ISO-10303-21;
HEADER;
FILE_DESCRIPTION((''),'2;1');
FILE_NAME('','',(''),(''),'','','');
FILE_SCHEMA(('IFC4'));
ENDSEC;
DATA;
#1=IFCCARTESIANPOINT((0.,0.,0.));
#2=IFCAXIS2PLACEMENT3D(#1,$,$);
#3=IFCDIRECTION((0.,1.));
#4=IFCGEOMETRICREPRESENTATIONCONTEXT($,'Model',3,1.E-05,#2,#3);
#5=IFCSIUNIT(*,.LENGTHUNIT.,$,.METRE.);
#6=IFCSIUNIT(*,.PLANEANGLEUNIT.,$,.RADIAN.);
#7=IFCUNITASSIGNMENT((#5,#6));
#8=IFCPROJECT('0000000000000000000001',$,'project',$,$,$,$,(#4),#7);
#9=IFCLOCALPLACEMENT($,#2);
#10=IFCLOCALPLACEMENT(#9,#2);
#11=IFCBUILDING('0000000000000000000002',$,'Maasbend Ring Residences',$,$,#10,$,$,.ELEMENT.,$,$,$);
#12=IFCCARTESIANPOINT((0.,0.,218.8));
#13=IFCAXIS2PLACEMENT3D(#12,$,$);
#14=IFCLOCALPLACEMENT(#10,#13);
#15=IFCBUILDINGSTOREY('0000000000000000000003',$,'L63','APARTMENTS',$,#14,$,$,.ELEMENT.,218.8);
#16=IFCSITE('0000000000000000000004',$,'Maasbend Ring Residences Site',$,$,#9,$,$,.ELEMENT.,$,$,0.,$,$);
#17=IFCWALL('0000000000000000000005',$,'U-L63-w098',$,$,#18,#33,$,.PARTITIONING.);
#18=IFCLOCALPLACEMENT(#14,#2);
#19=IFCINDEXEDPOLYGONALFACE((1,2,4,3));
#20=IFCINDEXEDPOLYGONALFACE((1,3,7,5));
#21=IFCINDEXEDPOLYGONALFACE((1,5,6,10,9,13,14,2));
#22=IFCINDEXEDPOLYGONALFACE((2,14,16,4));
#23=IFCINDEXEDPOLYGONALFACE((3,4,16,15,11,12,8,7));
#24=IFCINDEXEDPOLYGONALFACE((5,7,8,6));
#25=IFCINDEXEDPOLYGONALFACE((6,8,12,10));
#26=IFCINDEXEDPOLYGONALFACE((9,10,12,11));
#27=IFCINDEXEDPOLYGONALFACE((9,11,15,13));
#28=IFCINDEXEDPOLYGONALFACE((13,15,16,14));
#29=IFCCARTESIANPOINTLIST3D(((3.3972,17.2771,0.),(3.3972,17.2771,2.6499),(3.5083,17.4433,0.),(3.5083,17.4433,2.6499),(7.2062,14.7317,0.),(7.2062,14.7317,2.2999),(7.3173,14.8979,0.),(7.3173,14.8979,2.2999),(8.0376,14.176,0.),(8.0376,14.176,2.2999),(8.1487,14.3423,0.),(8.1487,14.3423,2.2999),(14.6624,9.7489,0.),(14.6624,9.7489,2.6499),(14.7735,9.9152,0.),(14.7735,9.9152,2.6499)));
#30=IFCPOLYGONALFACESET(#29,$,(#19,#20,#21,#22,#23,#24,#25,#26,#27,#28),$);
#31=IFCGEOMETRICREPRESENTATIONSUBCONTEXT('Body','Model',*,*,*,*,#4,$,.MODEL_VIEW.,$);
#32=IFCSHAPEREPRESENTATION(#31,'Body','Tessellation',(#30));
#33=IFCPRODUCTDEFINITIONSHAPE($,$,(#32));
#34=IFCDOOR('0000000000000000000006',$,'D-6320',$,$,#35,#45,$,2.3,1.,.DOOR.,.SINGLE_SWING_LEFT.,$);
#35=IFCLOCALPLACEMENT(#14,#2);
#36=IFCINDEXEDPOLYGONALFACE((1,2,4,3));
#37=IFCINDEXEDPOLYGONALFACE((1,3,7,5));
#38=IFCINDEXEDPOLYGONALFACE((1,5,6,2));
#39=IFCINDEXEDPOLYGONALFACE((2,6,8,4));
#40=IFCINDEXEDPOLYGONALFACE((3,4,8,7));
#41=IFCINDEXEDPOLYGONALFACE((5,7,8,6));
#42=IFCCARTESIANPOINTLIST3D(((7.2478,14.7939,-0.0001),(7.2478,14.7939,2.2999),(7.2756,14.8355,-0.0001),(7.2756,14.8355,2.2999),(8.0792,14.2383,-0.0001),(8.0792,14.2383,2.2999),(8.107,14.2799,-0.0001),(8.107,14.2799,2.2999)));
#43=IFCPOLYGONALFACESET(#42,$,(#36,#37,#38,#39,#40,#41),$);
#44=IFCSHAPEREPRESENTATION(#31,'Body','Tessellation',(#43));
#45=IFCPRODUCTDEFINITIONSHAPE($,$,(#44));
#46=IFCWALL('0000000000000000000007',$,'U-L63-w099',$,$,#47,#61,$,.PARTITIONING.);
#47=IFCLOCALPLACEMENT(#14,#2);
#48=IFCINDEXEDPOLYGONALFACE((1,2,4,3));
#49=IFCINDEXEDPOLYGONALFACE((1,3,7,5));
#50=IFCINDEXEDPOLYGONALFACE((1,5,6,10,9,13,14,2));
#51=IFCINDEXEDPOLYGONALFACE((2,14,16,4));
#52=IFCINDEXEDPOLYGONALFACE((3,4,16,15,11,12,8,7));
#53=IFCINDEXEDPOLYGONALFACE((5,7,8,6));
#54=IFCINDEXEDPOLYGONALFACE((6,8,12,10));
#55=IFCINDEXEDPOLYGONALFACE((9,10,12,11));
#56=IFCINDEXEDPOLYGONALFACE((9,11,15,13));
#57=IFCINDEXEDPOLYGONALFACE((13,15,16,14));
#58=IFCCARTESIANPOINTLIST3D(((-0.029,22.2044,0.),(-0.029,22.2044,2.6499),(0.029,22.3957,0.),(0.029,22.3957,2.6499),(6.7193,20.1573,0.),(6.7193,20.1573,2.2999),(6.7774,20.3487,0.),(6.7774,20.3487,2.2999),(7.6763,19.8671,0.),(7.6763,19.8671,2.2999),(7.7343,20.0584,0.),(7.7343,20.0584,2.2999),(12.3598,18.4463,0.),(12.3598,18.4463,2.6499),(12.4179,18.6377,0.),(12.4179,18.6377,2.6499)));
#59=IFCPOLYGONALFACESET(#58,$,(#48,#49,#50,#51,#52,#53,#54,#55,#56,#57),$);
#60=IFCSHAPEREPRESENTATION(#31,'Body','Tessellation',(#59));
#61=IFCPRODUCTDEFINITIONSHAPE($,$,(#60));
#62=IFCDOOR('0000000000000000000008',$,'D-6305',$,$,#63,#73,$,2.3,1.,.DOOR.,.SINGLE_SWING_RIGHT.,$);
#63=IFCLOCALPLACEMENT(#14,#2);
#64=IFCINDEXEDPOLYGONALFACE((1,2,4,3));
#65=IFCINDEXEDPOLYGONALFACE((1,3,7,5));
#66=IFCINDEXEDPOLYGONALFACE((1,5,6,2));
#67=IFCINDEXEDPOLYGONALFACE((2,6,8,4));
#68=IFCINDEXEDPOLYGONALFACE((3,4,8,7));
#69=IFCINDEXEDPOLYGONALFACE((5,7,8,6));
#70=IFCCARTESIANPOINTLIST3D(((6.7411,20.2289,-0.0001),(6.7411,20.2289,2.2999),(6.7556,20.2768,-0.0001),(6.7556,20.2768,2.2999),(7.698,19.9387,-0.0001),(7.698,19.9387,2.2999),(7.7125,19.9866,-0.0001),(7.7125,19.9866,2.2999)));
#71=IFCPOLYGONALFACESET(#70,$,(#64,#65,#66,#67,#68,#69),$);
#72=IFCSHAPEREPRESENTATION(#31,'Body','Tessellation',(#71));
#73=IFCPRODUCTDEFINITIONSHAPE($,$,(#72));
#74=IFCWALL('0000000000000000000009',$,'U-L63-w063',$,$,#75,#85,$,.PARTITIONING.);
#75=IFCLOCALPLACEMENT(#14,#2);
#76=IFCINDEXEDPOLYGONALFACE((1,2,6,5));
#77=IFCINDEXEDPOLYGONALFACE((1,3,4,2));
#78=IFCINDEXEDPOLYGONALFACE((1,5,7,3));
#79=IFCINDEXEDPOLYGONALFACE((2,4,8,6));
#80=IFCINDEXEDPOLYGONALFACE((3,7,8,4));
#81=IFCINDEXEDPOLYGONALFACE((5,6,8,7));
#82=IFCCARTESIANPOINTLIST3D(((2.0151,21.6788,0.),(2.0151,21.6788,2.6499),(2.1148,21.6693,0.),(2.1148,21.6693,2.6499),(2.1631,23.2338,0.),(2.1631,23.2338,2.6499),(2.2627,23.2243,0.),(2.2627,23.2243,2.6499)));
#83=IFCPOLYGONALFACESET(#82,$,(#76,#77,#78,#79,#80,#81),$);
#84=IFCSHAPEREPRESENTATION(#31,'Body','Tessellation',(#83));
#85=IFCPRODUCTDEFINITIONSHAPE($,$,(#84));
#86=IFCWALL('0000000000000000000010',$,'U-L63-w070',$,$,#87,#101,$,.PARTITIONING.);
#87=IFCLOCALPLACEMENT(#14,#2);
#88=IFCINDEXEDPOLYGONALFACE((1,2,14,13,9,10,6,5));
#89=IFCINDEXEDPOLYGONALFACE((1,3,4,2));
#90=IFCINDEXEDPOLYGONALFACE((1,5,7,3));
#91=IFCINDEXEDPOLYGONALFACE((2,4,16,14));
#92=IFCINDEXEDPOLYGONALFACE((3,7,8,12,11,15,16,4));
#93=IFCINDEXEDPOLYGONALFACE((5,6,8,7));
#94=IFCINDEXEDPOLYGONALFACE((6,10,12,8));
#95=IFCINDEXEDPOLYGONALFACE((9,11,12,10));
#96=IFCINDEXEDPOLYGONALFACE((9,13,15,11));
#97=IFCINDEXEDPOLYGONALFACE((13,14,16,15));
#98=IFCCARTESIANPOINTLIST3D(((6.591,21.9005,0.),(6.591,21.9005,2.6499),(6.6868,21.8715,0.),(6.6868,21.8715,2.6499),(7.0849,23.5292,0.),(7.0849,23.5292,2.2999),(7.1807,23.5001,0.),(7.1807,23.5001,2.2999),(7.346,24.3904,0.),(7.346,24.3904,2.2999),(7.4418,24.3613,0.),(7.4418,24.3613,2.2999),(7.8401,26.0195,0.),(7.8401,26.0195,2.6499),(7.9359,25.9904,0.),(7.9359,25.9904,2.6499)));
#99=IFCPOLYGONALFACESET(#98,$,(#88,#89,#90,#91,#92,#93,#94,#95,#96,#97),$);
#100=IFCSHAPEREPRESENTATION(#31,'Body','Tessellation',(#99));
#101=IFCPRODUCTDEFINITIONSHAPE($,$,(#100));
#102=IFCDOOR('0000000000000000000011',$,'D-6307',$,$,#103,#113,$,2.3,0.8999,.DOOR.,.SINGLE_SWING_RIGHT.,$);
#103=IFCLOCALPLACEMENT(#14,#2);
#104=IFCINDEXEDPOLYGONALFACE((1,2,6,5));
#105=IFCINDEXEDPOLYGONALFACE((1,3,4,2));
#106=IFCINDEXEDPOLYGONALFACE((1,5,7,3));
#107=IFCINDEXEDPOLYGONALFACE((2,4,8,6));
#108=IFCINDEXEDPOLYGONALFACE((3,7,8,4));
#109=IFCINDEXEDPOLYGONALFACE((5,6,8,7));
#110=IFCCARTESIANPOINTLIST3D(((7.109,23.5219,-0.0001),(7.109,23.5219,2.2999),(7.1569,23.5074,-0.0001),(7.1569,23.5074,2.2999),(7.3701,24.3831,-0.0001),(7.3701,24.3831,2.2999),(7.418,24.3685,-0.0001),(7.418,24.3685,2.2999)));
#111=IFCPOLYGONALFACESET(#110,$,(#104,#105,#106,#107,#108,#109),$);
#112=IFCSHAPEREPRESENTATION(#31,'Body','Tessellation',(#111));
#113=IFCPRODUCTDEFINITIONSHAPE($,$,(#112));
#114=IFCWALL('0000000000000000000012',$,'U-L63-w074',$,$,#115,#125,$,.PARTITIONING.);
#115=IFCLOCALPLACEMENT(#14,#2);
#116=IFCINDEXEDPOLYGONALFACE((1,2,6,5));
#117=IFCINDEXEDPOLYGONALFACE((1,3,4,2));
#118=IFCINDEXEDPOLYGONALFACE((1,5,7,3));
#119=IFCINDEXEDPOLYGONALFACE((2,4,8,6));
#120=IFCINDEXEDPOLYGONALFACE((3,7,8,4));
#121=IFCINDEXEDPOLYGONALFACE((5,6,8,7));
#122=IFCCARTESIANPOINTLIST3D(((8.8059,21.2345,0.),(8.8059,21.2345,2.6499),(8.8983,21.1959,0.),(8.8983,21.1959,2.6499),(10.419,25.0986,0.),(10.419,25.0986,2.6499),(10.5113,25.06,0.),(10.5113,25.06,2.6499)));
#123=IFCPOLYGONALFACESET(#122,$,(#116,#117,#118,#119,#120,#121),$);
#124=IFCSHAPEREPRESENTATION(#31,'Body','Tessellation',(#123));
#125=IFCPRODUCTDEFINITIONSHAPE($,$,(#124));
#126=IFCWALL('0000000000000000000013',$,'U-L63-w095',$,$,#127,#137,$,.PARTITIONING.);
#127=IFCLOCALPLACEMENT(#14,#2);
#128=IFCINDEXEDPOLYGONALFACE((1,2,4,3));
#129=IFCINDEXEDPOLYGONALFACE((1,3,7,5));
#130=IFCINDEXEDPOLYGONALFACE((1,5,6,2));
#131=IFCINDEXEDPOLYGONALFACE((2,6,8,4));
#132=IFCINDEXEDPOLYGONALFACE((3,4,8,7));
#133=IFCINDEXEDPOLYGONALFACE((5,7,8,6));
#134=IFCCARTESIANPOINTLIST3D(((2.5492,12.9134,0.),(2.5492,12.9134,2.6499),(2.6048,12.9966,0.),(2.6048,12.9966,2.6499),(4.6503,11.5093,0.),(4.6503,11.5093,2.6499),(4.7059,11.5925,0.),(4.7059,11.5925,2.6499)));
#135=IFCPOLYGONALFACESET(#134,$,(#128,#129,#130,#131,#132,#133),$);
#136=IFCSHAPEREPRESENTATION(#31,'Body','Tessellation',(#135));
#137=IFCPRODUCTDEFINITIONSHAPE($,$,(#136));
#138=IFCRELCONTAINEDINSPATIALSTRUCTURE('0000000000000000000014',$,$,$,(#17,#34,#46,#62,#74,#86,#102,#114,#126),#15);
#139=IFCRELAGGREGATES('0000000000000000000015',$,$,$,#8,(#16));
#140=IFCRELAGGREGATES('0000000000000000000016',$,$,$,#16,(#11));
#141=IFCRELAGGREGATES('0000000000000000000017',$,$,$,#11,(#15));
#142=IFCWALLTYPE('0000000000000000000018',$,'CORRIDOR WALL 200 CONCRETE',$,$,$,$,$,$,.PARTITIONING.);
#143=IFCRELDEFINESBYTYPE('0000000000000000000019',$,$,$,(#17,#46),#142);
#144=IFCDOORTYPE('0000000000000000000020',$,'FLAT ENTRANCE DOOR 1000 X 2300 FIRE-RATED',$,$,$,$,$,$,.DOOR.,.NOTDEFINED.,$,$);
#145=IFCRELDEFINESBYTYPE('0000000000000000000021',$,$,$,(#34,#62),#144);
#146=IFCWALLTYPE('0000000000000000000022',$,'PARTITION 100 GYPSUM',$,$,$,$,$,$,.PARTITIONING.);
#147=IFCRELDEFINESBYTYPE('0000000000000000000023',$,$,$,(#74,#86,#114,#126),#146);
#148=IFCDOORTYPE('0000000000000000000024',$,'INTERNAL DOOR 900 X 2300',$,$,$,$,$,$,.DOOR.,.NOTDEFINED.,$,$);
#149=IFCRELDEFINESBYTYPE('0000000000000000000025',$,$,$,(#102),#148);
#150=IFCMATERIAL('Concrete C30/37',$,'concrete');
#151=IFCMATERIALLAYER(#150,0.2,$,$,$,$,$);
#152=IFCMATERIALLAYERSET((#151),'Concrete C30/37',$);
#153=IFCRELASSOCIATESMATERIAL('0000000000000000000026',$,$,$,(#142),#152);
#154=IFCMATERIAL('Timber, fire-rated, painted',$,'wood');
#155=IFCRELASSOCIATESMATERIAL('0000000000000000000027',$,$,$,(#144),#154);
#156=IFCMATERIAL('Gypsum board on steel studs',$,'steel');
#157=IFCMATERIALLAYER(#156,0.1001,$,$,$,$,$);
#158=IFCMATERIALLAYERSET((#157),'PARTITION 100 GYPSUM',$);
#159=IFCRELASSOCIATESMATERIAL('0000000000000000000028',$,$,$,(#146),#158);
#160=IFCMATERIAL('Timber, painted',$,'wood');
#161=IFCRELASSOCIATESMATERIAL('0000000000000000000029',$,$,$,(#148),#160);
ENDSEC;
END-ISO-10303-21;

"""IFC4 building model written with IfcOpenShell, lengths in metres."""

from ifc_helpers import new_model, si_unit, direction, frame, frame_2d, origin, place, context, subcontext, project, spatial, rectangle, extrude, material, layer, layer_set, type_object, element, fill, save


model = new_model("IFC4")

# Units and contexts
model_context = context("Model", 3, precision=1e-05, world=origin(), true_north=direction((0.0, 1.0)))
body_context = subcontext(model_context, "Body", "Model", "MODEL_VIEW")
ifc_project = project(units=[si_unit("LENGTHUNIT", "METRE"), si_unit("PLANEANGLEUNIT", "RADIAN")], contexts=[model_context])

# Site, building, storey
site_placement = place(None, origin())
site = spatial("IfcSite", under=ifc_project, at=site_placement, Name="Maasbend Ring Residences Site", CompositionType="ELEMENT", RefElevation=0.0)
building_placement = place(site_placement, origin())
building = spatial("IfcBuilding", under=site, at=building_placement, Name="Maasbend Ring Residences", CompositionType="ELEMENT")
storey_placement = place(building_placement, frame((0.0, 0.0, 218.8)))
storey = spatial("IfcBuildingStorey", under=building, at=storey_placement, Name="L63", Description="APARTMENTS", CompositionType="ELEMENT", Elevation=218.8)

# Walls, openings, doors
ifc_material_1 = material(Name="Concrete C30/37", Category="concrete")
ifc_layer_1 = layer(ifc_material_1, 0.2)
ifc_layer_set_1 = layer_set([ifc_layer_1], Name="Concrete C30/37")
wall_type_1 = type_object("IfcWallType", Name="CORRIDOR WALL 200 CONCRETE", PredefinedType="PARTITIONING", material=ifc_layer_set_1)
wall_1_placement = place(storey_placement, frame((3.4529, 17.3601, 0.0), z_axis=(0.0, 0.0, 1.0), x_axis=(0.831437, -0.555619, 0.0)))
wall_1 = element("IfcWall", 1, at=wall_1_placement, inside=storey, type_object=wall_type_1, Name="U-L63-w098", PredefinedType="PARTITIONING", context=body_context, shape_type="SweptSolid", body=[
    extrude(rectangle(XDim=13.5491, YDim=0.2, at=frame_2d((6.7744, 0.0))), origin(), (0.0, 0.0, 1.0), 2.6499),
])
opening_1_placement = place(wall_1_placement, frame((4.5811, 0.0, 0.0)))
opening_1 = element("IfcOpeningElement", 2, at=opening_1_placement, cuts=wall_1, PredefinedType="OPENING", context=body_context, shape_type="SweptSolid", body=[
    extrude(rectangle(XDim=1.0, YDim=2.3, at=frame_2d((0.5, 1.1499))), frame((0.0, 0.1099, 0.0), z_axis=(0.0, -1.0, 0.0), x_axis=(1.0, 0.0, 0.0)), (0.0, 0.0, 1.0), 0.22),
])
ifc_material_2 = material(Name="Timber, fire-rated, painted", Category="wood")
door_type_1 = type_object("IfcDoorType", Name="FLAT ENTRANCE DOOR 1000 X 2300 FIRE-RATED", OperationType="NOTDEFINED", PredefinedType="DOOR", material=ifc_material_2)
door_1_placement = place(opening_1_placement, origin())
door_1 = element("IfcDoor", 3, at=door_1_placement, inside=storey, type_object=door_type_1, Name="D-6320", OperationType="SINGLE_SWING_LEFT", OverallHeight=2.3, OverallWidth=1.0, PredefinedType="DOOR", context=body_context, shape_type="SweptSolid", body=[
    extrude(rectangle(XDim=1.0, YDim=2.3, at=frame_2d((0.5, 1.1499))), frame((0.0, 0.0249, 0.0), z_axis=(0.0, -1.0, 0.0), x_axis=(1.0, 0.0, 0.0)), (0.0, 0.0, 1.0), 0.05),
])
fill(opening_1, door_1)
wall_2_placement = place(storey_placement, frame((0.0, 22.3, 0.0), z_axis=(0.0, 0.0, 1.0), x_axis=(0.956942, -0.290279, 0.0)))
wall_2 = element("IfcWall", 4, at=wall_2_placement, inside=storey, type_object=wall_type_1, Name="U-L63-w099", PredefinedType="PARTITIONING", context=body_context, shape_type="SweptSolid", body=[
    extrude(rectangle(XDim=12.9463, YDim=0.2, at=frame_2d((6.4731, 0.0))), origin(), (0.0, 0.0, 1.0), 2.6499),
])
opening_2_placement = place(wall_2_placement, frame((7.052, 0.0, 0.0)))
opening_2 = element("IfcOpeningElement", 5, at=opening_2_placement, cuts=wall_2, PredefinedType="OPENING", context=body_context, shape_type="SweptSolid", body=[
    extrude(rectangle(XDim=1.0, YDim=2.3, at=frame_2d((0.5, 1.1499))), frame((0.0, 0.1099, 0.0), z_axis=(0.0, -1.0, 0.0), x_axis=(1.0, 0.0, 0.0)), (0.0, 0.0, 1.0), 0.22),
])
door_2_placement = place(opening_2_placement, origin())
door_2 = element("IfcDoor", 6, at=door_2_placement, inside=storey, type_object=door_type_1, Name="D-6305", OperationType="SINGLE_SWING_RIGHT", OverallHeight=2.3, OverallWidth=1.0, PredefinedType="DOOR", context=body_context, shape_type="SweptSolid", body=[
    extrude(rectangle(XDim=1.0, YDim=2.3, at=frame_2d((0.5, 1.1499))), frame((0.0, 0.0249, 0.0), z_axis=(0.0, -1.0, 0.0), x_axis=(1.0, 0.0, 0.0)), (0.0, 0.0, 1.0), 0.05),
])
fill(opening_2, door_2)

# Wall
ifc_material_3 = material(Name="Gypsum board on steel studs", Category="steel")
ifc_layer_2 = layer(ifc_material_3, 0.1001)
ifc_layer_set_2 = layer_set([ifc_layer_2], Name="PARTITION 100 GYPSUM")
wall_type_2 = type_object("IfcWallType", Name="PARTITION 100 GYPSUM", PredefinedType="PARTITIONING", material=ifc_layer_set_2)
wall_3_placement = place(storey_placement, frame((2.0649, 21.6741, 0.0), z_axis=(0.0, 0.0, 1.0), x_axis=(0.094721, 0.995504, 0.0)))
element("IfcWall", 7, at=wall_3_placement, inside=storey, type_object=wall_type_2, Name="U-L63-w063", PredefinedType="PARTITIONING", context=body_context, shape_type="SweptSolid", body=[
    extrude(rectangle(XDim=1.562, YDim=0.1001, at=frame_2d((0.781, 0.0))), origin(), (0.0, 0.0, 1.0), 2.6499),
])

# Wall, opening, door
wall_4_placement = place(storey_placement, frame((6.6389, 21.886, 0.0), z_axis=(0.0, 0.0, 1.0), x_axis=(0.290193, 0.956968, 0.0)))
wall_4 = element("IfcWall", 8, at=wall_4_placement, inside=storey, type_object=wall_type_2, Name="U-L63-w070", PredefinedType="PARTITIONING", context=body_context, shape_type="SweptSolid", body=[
    extrude(rectangle(XDim=4.3042, YDim=0.1001, at=frame_2d((2.1521, 0.0))), origin(), (0.0, 0.0, 1.0), 2.6499),
])
opening_3_placement = place(wall_4_placement, frame((1.7019, 0.0, 0.0)))
opening_3 = element("IfcOpeningElement", 9, at=opening_3_placement, cuts=wall_4, PredefinedType="OPENING", context=body_context, shape_type="SweptSolid", body=[
    extrude(rectangle(XDim=0.8999, YDim=2.3, at=frame_2d((0.45, 1.1499))), frame((0.0, 0.0601, 0.0), z_axis=(0.0, -1.0, 0.0), x_axis=(1.0, 0.0, 0.0)), (0.0, 0.0, 1.0), 0.1201),
])
ifc_material_4 = material(Name="Timber, painted", Category="wood")
door_type_2 = type_object("IfcDoorType", Name="INTERNAL DOOR 900 X 2300", OperationType="NOTDEFINED", PredefinedType="DOOR", material=ifc_material_4)
door_3_placement = place(opening_3_placement, origin())
door_3 = element("IfcDoor", 10, at=door_3_placement, inside=storey, type_object=door_type_2, Name="D-6307", OperationType="SINGLE_SWING_RIGHT", OverallHeight=2.3, OverallWidth=0.8999, PredefinedType="DOOR", context=body_context, shape_type="SweptSolid", body=[
    extrude(rectangle(XDim=0.8999, YDim=2.3, at=frame_2d((0.45, 1.1499))), frame((0.0, 0.0249, 0.0), z_axis=(0.0, -1.0, 0.0), x_axis=(1.0, 0.0, 0.0)), (0.0, 0.0, 1.0), 0.05),
])
fill(opening_3, door_3)

# Walls
wall_5_placement = place(storey_placement, frame((8.8521, 21.2151, 0.0), z_axis=(0.0, 0.0, 1.0), x_axis=(0.385232, 0.92282, 0.0)))
element("IfcWall", 11, at=wall_5_placement, inside=storey, type_object=wall_type_2, Name="U-L63-w074", PredefinedType="PARTITIONING", context=body_context, shape_type="SweptSolid", body=[
    extrude(rectangle(XDim=4.1873, YDim=0.1001, at=frame_2d((2.0938, 0.0))), origin(), (0.0, 0.0, 1.0), 2.6499),
])
wall_6_placement = place(storey_placement, frame((2.5769, 12.9551, 0.0), z_axis=(0.0, 0.0, 1.0), x_axis=(0.83144, -0.555614, 0.0)))
element("IfcWall", 12, at=wall_6_placement, inside=storey, type_object=wall_type_2, Name="U-L63-w095", PredefinedType="PARTITIONING", context=body_context, shape_type="SweptSolid", body=[
    extrude(rectangle(XDim=2.5271, YDim=0.1001, at=frame_2d((1.2637, 0.0))), origin(), (0.0, 0.0, 1.0), 2.6499),
])

save(model, "model.ifc")
